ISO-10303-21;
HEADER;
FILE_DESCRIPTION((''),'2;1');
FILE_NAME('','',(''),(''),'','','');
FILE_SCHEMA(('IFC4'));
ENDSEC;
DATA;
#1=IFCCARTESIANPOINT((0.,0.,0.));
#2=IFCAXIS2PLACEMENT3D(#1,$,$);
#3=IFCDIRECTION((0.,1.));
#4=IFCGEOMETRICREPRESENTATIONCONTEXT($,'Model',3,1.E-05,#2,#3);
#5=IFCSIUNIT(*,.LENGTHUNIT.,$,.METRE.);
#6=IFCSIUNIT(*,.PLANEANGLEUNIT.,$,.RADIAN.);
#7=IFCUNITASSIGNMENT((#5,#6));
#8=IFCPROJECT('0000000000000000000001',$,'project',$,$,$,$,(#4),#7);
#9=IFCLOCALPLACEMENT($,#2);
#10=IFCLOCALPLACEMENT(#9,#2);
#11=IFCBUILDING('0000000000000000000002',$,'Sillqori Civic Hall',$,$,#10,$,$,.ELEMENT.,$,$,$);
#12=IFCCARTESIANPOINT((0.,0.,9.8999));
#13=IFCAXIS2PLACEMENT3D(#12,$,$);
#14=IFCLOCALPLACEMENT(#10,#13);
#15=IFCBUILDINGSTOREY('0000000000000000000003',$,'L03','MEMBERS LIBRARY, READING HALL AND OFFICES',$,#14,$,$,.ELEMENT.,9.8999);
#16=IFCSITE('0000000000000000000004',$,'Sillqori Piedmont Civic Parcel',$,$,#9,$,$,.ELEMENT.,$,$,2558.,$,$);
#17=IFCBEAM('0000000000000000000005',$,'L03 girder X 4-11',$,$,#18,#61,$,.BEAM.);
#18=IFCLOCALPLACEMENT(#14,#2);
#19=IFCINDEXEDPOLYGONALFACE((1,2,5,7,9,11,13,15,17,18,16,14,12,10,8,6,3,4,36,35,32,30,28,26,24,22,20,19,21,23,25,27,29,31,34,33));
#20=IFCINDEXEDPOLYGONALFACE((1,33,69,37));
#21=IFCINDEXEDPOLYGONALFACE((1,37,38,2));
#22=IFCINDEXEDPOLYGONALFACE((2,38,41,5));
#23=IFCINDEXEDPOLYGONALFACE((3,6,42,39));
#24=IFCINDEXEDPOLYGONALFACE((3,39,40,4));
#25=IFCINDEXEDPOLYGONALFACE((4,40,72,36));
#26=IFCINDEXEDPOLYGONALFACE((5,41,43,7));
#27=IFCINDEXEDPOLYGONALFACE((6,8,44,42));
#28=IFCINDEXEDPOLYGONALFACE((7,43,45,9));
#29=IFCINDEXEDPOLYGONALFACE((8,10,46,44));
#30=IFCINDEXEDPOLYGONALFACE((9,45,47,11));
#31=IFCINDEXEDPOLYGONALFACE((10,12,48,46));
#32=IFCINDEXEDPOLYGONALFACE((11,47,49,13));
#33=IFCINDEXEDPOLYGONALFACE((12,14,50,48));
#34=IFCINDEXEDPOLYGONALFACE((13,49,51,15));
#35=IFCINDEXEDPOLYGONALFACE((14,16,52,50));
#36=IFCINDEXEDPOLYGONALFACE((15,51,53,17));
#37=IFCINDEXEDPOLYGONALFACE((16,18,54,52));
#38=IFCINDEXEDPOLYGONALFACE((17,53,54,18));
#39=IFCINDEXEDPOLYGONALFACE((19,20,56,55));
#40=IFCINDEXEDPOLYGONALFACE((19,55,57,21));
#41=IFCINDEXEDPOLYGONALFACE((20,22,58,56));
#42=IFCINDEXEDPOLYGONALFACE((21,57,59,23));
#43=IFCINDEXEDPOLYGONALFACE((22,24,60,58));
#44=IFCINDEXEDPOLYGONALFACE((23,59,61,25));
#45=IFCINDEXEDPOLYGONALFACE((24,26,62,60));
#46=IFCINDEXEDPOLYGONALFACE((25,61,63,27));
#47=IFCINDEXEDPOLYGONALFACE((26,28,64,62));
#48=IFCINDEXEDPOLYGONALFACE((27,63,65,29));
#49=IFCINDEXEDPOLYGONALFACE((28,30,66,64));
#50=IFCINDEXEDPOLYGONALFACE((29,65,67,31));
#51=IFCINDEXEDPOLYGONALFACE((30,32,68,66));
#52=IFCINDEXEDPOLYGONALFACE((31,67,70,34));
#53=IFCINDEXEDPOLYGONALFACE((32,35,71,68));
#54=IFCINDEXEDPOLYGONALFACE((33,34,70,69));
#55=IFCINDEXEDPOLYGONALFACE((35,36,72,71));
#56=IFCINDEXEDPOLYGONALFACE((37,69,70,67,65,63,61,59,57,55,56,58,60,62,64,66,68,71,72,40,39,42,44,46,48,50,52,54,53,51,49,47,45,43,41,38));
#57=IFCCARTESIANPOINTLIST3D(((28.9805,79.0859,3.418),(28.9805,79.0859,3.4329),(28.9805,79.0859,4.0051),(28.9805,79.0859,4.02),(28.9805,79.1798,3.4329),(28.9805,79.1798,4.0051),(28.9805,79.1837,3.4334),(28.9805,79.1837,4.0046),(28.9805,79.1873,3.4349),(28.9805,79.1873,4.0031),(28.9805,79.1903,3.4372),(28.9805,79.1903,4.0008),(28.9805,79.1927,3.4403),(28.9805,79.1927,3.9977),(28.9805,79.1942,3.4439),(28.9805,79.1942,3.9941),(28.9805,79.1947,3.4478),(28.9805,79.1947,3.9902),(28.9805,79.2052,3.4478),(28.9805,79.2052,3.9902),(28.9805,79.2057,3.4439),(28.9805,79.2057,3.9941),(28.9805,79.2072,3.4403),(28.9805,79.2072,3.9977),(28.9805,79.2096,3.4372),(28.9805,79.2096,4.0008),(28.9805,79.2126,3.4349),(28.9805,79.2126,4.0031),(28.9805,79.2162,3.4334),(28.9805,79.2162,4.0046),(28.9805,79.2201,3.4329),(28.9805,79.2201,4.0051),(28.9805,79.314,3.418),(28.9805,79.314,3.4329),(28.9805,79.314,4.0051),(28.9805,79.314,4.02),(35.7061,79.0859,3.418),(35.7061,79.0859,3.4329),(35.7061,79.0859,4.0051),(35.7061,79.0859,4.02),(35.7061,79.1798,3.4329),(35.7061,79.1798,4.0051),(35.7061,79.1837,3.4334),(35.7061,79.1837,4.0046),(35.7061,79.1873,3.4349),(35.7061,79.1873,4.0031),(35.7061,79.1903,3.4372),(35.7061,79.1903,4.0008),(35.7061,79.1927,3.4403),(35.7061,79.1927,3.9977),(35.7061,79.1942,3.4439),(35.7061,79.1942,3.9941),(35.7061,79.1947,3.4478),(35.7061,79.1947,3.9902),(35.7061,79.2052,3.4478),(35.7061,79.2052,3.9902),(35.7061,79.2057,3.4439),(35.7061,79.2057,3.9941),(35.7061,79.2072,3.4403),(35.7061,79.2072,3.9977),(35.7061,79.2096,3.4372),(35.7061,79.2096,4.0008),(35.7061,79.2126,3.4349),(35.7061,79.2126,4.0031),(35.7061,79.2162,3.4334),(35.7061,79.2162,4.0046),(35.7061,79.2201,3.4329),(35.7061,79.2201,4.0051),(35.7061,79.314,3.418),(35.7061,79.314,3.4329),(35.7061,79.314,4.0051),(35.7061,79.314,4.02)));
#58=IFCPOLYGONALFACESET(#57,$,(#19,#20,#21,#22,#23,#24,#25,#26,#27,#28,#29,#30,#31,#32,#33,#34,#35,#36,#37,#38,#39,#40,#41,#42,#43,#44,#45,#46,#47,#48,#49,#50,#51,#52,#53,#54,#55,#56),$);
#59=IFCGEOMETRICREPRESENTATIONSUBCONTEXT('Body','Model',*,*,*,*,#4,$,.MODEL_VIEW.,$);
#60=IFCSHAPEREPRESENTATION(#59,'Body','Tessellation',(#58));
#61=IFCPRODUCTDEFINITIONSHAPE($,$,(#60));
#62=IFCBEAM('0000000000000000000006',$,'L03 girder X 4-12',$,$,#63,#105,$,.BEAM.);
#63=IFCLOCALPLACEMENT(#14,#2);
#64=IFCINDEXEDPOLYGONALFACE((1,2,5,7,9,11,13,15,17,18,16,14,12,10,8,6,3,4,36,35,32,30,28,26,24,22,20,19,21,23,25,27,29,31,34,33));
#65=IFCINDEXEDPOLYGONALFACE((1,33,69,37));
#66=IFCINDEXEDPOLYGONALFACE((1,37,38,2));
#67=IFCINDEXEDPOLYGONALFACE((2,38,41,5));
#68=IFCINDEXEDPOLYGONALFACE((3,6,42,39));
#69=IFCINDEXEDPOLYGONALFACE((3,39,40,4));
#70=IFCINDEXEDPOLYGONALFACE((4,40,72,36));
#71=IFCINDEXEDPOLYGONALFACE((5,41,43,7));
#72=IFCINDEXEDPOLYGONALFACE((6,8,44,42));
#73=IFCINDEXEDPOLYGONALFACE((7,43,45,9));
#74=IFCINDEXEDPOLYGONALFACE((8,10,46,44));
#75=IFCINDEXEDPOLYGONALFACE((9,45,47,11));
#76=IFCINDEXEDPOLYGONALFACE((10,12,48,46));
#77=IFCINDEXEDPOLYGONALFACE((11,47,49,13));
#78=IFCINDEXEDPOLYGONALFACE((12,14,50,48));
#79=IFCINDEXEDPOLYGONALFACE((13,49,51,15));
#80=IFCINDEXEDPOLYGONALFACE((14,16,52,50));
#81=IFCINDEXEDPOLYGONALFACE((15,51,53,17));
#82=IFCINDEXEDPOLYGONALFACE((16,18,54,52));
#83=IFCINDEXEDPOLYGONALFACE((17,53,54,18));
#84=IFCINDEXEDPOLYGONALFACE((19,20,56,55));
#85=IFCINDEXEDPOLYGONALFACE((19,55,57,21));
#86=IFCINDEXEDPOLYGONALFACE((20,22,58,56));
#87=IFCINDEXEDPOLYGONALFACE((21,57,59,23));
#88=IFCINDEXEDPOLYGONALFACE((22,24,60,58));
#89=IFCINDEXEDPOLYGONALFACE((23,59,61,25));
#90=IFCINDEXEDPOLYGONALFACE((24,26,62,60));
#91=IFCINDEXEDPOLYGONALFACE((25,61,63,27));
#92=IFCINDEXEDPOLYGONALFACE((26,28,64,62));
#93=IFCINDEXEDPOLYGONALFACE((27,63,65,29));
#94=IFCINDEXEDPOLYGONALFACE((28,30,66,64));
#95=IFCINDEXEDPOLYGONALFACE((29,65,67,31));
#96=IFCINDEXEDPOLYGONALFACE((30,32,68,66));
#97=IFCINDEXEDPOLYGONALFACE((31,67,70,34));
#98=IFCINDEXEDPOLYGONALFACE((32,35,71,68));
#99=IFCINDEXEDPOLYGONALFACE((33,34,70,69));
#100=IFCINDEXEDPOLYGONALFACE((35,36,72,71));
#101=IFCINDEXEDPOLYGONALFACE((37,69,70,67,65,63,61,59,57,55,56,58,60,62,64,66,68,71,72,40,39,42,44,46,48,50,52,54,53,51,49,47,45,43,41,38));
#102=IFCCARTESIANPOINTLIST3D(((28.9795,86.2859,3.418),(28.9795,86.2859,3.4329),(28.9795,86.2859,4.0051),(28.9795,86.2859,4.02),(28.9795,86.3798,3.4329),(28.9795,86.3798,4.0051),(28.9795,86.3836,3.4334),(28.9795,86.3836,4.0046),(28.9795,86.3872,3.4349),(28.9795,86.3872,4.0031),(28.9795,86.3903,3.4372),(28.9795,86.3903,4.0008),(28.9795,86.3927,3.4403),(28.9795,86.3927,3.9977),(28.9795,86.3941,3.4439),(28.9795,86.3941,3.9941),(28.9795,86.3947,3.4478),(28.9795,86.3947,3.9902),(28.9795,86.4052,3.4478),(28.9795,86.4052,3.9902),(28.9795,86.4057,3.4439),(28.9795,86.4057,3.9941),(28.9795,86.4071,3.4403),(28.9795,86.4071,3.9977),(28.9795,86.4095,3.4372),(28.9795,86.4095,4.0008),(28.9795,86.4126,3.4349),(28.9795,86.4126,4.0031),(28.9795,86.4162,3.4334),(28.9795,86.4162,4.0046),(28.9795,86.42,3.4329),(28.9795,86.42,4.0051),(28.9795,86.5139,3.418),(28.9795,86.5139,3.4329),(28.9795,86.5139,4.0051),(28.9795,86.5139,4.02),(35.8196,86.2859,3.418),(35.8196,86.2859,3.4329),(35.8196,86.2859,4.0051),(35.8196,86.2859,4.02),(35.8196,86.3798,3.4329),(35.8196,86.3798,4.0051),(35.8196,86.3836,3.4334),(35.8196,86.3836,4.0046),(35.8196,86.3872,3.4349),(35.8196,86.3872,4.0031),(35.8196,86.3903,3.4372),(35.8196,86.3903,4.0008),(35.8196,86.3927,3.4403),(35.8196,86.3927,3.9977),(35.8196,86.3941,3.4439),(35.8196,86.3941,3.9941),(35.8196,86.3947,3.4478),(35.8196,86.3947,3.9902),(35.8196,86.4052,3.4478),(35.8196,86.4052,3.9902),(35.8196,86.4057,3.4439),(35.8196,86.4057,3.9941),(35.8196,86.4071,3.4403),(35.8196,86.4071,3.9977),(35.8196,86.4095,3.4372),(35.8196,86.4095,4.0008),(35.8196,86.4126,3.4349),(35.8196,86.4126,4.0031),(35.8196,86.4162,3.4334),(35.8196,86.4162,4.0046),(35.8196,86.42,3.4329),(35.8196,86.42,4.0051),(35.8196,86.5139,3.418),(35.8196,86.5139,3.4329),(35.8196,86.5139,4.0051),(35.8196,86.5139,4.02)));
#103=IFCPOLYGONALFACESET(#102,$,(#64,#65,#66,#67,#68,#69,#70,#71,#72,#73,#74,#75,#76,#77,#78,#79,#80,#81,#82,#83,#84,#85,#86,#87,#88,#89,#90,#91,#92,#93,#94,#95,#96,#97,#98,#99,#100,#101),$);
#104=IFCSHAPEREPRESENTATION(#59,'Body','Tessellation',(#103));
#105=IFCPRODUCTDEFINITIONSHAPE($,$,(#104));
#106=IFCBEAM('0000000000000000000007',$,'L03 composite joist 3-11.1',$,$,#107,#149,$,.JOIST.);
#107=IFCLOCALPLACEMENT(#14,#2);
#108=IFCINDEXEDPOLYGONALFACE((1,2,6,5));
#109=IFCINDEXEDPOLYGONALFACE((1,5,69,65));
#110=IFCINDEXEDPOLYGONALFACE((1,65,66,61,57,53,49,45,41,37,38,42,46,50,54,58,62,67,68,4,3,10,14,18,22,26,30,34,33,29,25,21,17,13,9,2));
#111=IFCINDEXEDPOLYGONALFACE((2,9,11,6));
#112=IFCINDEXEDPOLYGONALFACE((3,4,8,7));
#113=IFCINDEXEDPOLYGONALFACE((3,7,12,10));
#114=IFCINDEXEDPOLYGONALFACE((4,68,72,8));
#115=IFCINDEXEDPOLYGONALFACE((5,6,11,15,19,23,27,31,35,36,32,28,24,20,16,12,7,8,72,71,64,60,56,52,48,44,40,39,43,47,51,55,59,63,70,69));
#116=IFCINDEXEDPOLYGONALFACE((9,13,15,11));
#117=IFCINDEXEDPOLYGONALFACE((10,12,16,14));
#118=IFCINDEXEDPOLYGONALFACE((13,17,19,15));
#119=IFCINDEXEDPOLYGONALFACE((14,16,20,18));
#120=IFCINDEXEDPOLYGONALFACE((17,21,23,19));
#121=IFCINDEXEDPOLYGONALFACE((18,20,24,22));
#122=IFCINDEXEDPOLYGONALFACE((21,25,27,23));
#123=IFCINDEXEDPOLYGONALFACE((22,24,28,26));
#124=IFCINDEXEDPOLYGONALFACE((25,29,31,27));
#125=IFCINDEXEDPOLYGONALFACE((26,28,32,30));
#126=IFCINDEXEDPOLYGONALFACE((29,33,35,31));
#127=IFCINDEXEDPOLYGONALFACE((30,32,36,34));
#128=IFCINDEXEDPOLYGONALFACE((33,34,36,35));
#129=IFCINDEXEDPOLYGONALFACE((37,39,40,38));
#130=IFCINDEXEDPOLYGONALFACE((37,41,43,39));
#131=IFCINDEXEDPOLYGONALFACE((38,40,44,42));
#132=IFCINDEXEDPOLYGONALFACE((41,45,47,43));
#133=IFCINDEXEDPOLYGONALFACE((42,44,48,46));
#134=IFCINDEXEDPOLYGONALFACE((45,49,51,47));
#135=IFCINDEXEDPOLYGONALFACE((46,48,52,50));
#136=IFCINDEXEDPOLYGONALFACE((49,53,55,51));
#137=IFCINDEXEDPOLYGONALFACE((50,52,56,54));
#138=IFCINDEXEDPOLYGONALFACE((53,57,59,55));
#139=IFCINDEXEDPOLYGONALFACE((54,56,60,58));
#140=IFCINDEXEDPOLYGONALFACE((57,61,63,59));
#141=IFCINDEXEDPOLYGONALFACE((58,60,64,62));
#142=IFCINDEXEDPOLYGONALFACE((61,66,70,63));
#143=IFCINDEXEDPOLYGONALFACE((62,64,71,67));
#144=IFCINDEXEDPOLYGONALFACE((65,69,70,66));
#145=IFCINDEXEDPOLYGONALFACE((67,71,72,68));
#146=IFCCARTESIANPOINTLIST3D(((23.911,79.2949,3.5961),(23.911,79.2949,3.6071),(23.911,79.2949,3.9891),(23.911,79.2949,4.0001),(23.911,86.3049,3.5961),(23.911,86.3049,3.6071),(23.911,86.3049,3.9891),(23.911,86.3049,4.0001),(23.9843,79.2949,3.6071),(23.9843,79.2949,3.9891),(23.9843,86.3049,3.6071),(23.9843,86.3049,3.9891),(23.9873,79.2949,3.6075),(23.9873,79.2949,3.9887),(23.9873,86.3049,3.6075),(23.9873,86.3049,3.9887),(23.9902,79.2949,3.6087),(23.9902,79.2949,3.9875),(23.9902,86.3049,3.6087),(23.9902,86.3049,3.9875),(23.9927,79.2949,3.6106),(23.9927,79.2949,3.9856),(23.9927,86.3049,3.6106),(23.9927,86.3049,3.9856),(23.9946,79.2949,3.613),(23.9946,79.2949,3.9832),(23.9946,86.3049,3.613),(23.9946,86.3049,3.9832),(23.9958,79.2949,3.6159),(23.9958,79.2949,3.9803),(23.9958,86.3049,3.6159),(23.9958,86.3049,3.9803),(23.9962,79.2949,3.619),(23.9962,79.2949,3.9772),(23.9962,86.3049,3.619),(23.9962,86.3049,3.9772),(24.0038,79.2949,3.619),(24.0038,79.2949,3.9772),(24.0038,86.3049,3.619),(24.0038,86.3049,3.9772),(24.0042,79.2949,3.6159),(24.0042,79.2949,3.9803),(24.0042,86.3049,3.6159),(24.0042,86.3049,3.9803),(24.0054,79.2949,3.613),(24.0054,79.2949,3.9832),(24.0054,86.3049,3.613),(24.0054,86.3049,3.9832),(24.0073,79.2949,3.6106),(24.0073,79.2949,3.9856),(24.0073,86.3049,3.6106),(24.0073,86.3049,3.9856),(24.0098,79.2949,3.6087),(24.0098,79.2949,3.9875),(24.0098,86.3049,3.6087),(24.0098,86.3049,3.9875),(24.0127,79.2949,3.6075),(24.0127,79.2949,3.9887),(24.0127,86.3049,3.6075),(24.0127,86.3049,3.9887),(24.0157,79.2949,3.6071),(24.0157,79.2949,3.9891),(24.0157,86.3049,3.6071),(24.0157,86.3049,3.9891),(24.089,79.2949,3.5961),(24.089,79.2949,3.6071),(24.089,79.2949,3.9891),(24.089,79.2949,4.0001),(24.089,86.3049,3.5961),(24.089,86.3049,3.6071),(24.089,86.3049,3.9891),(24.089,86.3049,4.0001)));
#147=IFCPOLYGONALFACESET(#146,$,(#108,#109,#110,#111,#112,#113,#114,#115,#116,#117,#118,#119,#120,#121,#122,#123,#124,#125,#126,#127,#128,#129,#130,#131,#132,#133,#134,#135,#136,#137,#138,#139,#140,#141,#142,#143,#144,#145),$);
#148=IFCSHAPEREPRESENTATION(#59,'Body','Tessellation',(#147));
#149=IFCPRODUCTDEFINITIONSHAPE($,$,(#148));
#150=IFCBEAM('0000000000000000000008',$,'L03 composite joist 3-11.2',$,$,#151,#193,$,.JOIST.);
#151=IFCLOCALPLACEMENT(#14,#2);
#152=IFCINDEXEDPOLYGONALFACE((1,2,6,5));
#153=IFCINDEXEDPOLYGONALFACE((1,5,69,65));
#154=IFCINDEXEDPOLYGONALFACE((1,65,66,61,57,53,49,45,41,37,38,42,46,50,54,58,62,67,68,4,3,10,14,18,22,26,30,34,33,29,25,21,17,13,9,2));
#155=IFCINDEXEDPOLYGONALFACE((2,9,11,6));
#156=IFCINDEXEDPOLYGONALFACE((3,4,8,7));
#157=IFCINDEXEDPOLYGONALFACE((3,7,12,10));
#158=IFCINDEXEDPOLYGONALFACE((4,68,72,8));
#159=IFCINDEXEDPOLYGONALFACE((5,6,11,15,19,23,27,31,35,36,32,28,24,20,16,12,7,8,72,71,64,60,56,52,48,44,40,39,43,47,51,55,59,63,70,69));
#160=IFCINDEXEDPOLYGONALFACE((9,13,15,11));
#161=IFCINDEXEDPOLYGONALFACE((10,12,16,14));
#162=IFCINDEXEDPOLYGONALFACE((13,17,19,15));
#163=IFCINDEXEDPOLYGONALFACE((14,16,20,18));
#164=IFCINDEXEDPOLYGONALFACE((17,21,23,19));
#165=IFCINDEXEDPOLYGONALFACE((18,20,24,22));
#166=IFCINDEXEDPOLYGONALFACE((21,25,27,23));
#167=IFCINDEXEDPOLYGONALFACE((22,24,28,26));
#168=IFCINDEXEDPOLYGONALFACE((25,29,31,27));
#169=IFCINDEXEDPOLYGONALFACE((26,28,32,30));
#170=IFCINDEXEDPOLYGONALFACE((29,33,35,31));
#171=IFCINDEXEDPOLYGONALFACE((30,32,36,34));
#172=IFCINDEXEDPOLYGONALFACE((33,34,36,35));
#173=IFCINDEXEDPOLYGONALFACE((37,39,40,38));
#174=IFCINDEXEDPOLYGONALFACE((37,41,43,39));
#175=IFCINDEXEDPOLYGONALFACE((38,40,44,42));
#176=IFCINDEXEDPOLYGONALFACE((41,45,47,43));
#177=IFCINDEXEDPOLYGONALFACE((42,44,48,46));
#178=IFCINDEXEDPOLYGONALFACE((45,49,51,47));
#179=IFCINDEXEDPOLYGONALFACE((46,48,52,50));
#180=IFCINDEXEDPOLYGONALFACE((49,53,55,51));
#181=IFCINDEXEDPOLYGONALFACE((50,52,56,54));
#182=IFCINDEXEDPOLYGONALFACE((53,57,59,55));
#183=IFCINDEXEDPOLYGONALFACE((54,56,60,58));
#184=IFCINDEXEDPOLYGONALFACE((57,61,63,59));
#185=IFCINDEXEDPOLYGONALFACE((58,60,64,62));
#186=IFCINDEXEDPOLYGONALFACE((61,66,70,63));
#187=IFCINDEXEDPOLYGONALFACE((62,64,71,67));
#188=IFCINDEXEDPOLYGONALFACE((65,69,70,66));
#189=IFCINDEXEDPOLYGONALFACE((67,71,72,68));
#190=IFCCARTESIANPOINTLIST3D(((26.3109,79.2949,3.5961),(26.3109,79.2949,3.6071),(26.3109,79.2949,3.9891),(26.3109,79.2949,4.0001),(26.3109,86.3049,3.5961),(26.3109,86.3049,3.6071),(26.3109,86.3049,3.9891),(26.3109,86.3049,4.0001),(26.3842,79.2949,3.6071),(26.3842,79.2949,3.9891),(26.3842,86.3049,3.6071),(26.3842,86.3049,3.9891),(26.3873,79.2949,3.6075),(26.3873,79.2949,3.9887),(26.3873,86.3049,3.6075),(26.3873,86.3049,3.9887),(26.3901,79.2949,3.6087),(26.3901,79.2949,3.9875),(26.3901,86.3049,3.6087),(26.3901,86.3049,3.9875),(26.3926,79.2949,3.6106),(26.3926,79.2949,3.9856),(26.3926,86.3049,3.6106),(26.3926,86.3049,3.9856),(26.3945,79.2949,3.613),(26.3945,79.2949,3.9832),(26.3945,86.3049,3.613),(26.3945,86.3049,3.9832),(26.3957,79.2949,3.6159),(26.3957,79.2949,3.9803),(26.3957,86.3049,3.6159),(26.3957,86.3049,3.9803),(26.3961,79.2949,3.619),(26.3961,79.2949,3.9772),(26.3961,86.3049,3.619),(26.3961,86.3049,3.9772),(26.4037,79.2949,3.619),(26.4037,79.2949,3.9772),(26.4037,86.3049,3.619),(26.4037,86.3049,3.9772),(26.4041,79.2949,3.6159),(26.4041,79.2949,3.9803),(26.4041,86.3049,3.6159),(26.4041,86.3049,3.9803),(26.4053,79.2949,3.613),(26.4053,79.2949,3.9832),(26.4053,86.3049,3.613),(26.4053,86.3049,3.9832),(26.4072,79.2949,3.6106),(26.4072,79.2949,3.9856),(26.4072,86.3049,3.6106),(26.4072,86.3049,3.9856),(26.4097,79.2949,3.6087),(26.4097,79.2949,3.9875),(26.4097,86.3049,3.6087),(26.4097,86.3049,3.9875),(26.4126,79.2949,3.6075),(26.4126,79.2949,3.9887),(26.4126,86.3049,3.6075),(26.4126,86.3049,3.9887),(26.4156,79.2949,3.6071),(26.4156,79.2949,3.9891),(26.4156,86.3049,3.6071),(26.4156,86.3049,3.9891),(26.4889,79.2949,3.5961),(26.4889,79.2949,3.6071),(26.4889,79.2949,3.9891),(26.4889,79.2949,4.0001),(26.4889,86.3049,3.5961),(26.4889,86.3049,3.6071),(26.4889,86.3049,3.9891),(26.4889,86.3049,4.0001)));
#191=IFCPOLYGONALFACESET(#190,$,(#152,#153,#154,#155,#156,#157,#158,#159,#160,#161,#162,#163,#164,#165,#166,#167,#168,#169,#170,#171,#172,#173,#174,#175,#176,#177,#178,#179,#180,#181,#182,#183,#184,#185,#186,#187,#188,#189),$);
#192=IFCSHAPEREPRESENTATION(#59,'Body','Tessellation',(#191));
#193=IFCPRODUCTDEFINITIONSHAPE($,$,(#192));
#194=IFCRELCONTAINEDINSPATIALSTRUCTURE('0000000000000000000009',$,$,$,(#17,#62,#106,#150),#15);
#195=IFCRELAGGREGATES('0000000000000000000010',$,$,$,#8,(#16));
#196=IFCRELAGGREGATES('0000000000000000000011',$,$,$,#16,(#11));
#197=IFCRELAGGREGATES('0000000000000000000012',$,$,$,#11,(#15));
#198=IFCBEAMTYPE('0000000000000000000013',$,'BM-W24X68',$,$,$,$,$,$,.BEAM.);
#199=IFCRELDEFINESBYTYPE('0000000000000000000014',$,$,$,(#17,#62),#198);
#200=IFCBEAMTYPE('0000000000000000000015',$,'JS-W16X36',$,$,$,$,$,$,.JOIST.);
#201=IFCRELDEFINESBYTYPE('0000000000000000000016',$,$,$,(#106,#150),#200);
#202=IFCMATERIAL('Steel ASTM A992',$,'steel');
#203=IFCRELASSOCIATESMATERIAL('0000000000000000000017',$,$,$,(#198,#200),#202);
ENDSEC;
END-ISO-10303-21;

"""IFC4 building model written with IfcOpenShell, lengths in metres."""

from ifc_helpers import new_model, si_unit, direction, frame, origin, origin_2d, place, context, subcontext, project, spatial, i_section, extrude, material, material_profile, profile_set, type_object, element, save


model = new_model("IFC4")

# Units and contexts
model_context = context("Model", 3, precision=1e-05, world=origin(), true_north=direction((0.0, 1.0)))
body_context = subcontext(model_context, "Body", "Model", "MODEL_VIEW")
ifc_project = project(units=[si_unit("LENGTHUNIT", "METRE"), si_unit("PLANEANGLEUNIT", "RADIAN")], contexts=[model_context])

# Site, building, storey
site_placement = place(None, origin())
site = spatial("IfcSite", under=ifc_project, at=site_placement, Name="Sillqori Piedmont Civic Parcel", CompositionType="ELEMENT", RefElevation=2558.0)
building_placement = place(site_placement, origin())
building = spatial("IfcBuilding", under=site, at=building_placement, Name="Sillqori Civic Hall", CompositionType="ELEMENT")
storey_placement = place(building_placement, frame((0.0, 0.0, 9.8999)))
storey = spatial("IfcBuildingStorey", under=building, at=storey_placement, Name="L03", Description="MEMBERS LIBRARY, READING HALL AND OFFICES", CompositionType="ELEMENT", Elevation=9.8999)

# Shared definitions
ifc_material_1 = material(Name="Steel ASTM A992", Category="steel")

# Beams
ifc_material_profile_1 = material_profile(ifc_material_1, i_section(OverallWidth=0.228, OverallDepth=0.6021, WebThickness=0.0105, FlangeThickness=0.0149, FilletRadius=0.0149, at=origin_2d()), Name="W24X68")
ifc_profile_set_1 = profile_set([ifc_material_profile_1], Name="Steel ASTM A992")
beam_type_1 = type_object("IfcBeamType", Name="BM-W24X68", PredefinedType="BEAM", material=ifc_profile_set_1)
beam_1_placement = place(storey_placement, frame((28.9805, 79.2, 3.719), z_axis=(1.0, 0.0, 0.0), x_axis=(0.0, 1.0, 0.0)))
element("IfcBeam", 1, at=beam_1_placement, inside=storey, type_object=beam_type_1, Name="L03 girder X 4-11", PredefinedType="BEAM", context=body_context, shape_type="SweptSolid", body=[
    extrude(i_section(OverallWidth=0.228, OverallDepth=0.6021, WebThickness=0.0105, FlangeThickness=0.0149, FilletRadius=0.0149, at=origin_2d()), origin(), (0.0, 0.0, 1.0), 6.7256),
])
beam_2_placement = place(storey_placement, frame((28.9795, 86.3999, 3.719), z_axis=(1.0, 0.0, 0.0), x_axis=(0.0, 1.0, 0.0)))
element("IfcBeam", 2, at=beam_2_placement, inside=storey, type_object=beam_type_1, Name="L03 girder X 4-12", PredefinedType="BEAM", context=body_context, shape_type="SweptSolid", body=[
    extrude(i_section(OverallWidth=0.228, OverallDepth=0.6021, WebThickness=0.0105, FlangeThickness=0.0149, FilletRadius=0.0149, at=origin_2d()), origin(), (0.0, 0.0, 1.0), 6.8401),
])

# Beams
ifc_material_profile_2 = material_profile(ifc_material_1, i_section(OverallWidth=0.178, OverallDepth=0.4041, WebThickness=0.0076, FlangeThickness=0.011, FilletRadius=0.012, at=origin_2d()), Name="W16X36")
ifc_profile_set_2 = profile_set([ifc_material_profile_2], Name="Steel ASTM A992")
beam_type_2 = type_object("IfcBeamType", Name="JS-W16X36", PredefinedType="JOIST", material=ifc_profile_set_2)
for number, where, z_axis, x_axis, name in (
    (3, (24.0, 79.2949, 3.7981), (0.0, 1.0, 0.0), (-1.0, 0.0, 0.0), "L03 composite joist 3-11.1"),
    (4, (26.3999, 79.2949, 3.7981), (0.0, 1.0, 0.0), (-1.0, 0.0, 0.0), "L03 composite joist 3-11.2"),
):
    element("IfcBeam", number, at=place(storey_placement, frame(where, z_axis=z_axis, x_axis=x_axis)), inside=storey, type_object=beam_type_2, Name=name, PredefinedType="JOIST", context=body_context, shape_type="SweptSolid", body=[
        extrude(i_section(OverallWidth=0.178, OverallDepth=0.4041, WebThickness=0.0076, FlangeThickness=0.011, FilletRadius=0.012, at=origin_2d()), origin(), (0.0, 0.0, 1.0), 7.01),
    ])

save(model, "model.ifc")
